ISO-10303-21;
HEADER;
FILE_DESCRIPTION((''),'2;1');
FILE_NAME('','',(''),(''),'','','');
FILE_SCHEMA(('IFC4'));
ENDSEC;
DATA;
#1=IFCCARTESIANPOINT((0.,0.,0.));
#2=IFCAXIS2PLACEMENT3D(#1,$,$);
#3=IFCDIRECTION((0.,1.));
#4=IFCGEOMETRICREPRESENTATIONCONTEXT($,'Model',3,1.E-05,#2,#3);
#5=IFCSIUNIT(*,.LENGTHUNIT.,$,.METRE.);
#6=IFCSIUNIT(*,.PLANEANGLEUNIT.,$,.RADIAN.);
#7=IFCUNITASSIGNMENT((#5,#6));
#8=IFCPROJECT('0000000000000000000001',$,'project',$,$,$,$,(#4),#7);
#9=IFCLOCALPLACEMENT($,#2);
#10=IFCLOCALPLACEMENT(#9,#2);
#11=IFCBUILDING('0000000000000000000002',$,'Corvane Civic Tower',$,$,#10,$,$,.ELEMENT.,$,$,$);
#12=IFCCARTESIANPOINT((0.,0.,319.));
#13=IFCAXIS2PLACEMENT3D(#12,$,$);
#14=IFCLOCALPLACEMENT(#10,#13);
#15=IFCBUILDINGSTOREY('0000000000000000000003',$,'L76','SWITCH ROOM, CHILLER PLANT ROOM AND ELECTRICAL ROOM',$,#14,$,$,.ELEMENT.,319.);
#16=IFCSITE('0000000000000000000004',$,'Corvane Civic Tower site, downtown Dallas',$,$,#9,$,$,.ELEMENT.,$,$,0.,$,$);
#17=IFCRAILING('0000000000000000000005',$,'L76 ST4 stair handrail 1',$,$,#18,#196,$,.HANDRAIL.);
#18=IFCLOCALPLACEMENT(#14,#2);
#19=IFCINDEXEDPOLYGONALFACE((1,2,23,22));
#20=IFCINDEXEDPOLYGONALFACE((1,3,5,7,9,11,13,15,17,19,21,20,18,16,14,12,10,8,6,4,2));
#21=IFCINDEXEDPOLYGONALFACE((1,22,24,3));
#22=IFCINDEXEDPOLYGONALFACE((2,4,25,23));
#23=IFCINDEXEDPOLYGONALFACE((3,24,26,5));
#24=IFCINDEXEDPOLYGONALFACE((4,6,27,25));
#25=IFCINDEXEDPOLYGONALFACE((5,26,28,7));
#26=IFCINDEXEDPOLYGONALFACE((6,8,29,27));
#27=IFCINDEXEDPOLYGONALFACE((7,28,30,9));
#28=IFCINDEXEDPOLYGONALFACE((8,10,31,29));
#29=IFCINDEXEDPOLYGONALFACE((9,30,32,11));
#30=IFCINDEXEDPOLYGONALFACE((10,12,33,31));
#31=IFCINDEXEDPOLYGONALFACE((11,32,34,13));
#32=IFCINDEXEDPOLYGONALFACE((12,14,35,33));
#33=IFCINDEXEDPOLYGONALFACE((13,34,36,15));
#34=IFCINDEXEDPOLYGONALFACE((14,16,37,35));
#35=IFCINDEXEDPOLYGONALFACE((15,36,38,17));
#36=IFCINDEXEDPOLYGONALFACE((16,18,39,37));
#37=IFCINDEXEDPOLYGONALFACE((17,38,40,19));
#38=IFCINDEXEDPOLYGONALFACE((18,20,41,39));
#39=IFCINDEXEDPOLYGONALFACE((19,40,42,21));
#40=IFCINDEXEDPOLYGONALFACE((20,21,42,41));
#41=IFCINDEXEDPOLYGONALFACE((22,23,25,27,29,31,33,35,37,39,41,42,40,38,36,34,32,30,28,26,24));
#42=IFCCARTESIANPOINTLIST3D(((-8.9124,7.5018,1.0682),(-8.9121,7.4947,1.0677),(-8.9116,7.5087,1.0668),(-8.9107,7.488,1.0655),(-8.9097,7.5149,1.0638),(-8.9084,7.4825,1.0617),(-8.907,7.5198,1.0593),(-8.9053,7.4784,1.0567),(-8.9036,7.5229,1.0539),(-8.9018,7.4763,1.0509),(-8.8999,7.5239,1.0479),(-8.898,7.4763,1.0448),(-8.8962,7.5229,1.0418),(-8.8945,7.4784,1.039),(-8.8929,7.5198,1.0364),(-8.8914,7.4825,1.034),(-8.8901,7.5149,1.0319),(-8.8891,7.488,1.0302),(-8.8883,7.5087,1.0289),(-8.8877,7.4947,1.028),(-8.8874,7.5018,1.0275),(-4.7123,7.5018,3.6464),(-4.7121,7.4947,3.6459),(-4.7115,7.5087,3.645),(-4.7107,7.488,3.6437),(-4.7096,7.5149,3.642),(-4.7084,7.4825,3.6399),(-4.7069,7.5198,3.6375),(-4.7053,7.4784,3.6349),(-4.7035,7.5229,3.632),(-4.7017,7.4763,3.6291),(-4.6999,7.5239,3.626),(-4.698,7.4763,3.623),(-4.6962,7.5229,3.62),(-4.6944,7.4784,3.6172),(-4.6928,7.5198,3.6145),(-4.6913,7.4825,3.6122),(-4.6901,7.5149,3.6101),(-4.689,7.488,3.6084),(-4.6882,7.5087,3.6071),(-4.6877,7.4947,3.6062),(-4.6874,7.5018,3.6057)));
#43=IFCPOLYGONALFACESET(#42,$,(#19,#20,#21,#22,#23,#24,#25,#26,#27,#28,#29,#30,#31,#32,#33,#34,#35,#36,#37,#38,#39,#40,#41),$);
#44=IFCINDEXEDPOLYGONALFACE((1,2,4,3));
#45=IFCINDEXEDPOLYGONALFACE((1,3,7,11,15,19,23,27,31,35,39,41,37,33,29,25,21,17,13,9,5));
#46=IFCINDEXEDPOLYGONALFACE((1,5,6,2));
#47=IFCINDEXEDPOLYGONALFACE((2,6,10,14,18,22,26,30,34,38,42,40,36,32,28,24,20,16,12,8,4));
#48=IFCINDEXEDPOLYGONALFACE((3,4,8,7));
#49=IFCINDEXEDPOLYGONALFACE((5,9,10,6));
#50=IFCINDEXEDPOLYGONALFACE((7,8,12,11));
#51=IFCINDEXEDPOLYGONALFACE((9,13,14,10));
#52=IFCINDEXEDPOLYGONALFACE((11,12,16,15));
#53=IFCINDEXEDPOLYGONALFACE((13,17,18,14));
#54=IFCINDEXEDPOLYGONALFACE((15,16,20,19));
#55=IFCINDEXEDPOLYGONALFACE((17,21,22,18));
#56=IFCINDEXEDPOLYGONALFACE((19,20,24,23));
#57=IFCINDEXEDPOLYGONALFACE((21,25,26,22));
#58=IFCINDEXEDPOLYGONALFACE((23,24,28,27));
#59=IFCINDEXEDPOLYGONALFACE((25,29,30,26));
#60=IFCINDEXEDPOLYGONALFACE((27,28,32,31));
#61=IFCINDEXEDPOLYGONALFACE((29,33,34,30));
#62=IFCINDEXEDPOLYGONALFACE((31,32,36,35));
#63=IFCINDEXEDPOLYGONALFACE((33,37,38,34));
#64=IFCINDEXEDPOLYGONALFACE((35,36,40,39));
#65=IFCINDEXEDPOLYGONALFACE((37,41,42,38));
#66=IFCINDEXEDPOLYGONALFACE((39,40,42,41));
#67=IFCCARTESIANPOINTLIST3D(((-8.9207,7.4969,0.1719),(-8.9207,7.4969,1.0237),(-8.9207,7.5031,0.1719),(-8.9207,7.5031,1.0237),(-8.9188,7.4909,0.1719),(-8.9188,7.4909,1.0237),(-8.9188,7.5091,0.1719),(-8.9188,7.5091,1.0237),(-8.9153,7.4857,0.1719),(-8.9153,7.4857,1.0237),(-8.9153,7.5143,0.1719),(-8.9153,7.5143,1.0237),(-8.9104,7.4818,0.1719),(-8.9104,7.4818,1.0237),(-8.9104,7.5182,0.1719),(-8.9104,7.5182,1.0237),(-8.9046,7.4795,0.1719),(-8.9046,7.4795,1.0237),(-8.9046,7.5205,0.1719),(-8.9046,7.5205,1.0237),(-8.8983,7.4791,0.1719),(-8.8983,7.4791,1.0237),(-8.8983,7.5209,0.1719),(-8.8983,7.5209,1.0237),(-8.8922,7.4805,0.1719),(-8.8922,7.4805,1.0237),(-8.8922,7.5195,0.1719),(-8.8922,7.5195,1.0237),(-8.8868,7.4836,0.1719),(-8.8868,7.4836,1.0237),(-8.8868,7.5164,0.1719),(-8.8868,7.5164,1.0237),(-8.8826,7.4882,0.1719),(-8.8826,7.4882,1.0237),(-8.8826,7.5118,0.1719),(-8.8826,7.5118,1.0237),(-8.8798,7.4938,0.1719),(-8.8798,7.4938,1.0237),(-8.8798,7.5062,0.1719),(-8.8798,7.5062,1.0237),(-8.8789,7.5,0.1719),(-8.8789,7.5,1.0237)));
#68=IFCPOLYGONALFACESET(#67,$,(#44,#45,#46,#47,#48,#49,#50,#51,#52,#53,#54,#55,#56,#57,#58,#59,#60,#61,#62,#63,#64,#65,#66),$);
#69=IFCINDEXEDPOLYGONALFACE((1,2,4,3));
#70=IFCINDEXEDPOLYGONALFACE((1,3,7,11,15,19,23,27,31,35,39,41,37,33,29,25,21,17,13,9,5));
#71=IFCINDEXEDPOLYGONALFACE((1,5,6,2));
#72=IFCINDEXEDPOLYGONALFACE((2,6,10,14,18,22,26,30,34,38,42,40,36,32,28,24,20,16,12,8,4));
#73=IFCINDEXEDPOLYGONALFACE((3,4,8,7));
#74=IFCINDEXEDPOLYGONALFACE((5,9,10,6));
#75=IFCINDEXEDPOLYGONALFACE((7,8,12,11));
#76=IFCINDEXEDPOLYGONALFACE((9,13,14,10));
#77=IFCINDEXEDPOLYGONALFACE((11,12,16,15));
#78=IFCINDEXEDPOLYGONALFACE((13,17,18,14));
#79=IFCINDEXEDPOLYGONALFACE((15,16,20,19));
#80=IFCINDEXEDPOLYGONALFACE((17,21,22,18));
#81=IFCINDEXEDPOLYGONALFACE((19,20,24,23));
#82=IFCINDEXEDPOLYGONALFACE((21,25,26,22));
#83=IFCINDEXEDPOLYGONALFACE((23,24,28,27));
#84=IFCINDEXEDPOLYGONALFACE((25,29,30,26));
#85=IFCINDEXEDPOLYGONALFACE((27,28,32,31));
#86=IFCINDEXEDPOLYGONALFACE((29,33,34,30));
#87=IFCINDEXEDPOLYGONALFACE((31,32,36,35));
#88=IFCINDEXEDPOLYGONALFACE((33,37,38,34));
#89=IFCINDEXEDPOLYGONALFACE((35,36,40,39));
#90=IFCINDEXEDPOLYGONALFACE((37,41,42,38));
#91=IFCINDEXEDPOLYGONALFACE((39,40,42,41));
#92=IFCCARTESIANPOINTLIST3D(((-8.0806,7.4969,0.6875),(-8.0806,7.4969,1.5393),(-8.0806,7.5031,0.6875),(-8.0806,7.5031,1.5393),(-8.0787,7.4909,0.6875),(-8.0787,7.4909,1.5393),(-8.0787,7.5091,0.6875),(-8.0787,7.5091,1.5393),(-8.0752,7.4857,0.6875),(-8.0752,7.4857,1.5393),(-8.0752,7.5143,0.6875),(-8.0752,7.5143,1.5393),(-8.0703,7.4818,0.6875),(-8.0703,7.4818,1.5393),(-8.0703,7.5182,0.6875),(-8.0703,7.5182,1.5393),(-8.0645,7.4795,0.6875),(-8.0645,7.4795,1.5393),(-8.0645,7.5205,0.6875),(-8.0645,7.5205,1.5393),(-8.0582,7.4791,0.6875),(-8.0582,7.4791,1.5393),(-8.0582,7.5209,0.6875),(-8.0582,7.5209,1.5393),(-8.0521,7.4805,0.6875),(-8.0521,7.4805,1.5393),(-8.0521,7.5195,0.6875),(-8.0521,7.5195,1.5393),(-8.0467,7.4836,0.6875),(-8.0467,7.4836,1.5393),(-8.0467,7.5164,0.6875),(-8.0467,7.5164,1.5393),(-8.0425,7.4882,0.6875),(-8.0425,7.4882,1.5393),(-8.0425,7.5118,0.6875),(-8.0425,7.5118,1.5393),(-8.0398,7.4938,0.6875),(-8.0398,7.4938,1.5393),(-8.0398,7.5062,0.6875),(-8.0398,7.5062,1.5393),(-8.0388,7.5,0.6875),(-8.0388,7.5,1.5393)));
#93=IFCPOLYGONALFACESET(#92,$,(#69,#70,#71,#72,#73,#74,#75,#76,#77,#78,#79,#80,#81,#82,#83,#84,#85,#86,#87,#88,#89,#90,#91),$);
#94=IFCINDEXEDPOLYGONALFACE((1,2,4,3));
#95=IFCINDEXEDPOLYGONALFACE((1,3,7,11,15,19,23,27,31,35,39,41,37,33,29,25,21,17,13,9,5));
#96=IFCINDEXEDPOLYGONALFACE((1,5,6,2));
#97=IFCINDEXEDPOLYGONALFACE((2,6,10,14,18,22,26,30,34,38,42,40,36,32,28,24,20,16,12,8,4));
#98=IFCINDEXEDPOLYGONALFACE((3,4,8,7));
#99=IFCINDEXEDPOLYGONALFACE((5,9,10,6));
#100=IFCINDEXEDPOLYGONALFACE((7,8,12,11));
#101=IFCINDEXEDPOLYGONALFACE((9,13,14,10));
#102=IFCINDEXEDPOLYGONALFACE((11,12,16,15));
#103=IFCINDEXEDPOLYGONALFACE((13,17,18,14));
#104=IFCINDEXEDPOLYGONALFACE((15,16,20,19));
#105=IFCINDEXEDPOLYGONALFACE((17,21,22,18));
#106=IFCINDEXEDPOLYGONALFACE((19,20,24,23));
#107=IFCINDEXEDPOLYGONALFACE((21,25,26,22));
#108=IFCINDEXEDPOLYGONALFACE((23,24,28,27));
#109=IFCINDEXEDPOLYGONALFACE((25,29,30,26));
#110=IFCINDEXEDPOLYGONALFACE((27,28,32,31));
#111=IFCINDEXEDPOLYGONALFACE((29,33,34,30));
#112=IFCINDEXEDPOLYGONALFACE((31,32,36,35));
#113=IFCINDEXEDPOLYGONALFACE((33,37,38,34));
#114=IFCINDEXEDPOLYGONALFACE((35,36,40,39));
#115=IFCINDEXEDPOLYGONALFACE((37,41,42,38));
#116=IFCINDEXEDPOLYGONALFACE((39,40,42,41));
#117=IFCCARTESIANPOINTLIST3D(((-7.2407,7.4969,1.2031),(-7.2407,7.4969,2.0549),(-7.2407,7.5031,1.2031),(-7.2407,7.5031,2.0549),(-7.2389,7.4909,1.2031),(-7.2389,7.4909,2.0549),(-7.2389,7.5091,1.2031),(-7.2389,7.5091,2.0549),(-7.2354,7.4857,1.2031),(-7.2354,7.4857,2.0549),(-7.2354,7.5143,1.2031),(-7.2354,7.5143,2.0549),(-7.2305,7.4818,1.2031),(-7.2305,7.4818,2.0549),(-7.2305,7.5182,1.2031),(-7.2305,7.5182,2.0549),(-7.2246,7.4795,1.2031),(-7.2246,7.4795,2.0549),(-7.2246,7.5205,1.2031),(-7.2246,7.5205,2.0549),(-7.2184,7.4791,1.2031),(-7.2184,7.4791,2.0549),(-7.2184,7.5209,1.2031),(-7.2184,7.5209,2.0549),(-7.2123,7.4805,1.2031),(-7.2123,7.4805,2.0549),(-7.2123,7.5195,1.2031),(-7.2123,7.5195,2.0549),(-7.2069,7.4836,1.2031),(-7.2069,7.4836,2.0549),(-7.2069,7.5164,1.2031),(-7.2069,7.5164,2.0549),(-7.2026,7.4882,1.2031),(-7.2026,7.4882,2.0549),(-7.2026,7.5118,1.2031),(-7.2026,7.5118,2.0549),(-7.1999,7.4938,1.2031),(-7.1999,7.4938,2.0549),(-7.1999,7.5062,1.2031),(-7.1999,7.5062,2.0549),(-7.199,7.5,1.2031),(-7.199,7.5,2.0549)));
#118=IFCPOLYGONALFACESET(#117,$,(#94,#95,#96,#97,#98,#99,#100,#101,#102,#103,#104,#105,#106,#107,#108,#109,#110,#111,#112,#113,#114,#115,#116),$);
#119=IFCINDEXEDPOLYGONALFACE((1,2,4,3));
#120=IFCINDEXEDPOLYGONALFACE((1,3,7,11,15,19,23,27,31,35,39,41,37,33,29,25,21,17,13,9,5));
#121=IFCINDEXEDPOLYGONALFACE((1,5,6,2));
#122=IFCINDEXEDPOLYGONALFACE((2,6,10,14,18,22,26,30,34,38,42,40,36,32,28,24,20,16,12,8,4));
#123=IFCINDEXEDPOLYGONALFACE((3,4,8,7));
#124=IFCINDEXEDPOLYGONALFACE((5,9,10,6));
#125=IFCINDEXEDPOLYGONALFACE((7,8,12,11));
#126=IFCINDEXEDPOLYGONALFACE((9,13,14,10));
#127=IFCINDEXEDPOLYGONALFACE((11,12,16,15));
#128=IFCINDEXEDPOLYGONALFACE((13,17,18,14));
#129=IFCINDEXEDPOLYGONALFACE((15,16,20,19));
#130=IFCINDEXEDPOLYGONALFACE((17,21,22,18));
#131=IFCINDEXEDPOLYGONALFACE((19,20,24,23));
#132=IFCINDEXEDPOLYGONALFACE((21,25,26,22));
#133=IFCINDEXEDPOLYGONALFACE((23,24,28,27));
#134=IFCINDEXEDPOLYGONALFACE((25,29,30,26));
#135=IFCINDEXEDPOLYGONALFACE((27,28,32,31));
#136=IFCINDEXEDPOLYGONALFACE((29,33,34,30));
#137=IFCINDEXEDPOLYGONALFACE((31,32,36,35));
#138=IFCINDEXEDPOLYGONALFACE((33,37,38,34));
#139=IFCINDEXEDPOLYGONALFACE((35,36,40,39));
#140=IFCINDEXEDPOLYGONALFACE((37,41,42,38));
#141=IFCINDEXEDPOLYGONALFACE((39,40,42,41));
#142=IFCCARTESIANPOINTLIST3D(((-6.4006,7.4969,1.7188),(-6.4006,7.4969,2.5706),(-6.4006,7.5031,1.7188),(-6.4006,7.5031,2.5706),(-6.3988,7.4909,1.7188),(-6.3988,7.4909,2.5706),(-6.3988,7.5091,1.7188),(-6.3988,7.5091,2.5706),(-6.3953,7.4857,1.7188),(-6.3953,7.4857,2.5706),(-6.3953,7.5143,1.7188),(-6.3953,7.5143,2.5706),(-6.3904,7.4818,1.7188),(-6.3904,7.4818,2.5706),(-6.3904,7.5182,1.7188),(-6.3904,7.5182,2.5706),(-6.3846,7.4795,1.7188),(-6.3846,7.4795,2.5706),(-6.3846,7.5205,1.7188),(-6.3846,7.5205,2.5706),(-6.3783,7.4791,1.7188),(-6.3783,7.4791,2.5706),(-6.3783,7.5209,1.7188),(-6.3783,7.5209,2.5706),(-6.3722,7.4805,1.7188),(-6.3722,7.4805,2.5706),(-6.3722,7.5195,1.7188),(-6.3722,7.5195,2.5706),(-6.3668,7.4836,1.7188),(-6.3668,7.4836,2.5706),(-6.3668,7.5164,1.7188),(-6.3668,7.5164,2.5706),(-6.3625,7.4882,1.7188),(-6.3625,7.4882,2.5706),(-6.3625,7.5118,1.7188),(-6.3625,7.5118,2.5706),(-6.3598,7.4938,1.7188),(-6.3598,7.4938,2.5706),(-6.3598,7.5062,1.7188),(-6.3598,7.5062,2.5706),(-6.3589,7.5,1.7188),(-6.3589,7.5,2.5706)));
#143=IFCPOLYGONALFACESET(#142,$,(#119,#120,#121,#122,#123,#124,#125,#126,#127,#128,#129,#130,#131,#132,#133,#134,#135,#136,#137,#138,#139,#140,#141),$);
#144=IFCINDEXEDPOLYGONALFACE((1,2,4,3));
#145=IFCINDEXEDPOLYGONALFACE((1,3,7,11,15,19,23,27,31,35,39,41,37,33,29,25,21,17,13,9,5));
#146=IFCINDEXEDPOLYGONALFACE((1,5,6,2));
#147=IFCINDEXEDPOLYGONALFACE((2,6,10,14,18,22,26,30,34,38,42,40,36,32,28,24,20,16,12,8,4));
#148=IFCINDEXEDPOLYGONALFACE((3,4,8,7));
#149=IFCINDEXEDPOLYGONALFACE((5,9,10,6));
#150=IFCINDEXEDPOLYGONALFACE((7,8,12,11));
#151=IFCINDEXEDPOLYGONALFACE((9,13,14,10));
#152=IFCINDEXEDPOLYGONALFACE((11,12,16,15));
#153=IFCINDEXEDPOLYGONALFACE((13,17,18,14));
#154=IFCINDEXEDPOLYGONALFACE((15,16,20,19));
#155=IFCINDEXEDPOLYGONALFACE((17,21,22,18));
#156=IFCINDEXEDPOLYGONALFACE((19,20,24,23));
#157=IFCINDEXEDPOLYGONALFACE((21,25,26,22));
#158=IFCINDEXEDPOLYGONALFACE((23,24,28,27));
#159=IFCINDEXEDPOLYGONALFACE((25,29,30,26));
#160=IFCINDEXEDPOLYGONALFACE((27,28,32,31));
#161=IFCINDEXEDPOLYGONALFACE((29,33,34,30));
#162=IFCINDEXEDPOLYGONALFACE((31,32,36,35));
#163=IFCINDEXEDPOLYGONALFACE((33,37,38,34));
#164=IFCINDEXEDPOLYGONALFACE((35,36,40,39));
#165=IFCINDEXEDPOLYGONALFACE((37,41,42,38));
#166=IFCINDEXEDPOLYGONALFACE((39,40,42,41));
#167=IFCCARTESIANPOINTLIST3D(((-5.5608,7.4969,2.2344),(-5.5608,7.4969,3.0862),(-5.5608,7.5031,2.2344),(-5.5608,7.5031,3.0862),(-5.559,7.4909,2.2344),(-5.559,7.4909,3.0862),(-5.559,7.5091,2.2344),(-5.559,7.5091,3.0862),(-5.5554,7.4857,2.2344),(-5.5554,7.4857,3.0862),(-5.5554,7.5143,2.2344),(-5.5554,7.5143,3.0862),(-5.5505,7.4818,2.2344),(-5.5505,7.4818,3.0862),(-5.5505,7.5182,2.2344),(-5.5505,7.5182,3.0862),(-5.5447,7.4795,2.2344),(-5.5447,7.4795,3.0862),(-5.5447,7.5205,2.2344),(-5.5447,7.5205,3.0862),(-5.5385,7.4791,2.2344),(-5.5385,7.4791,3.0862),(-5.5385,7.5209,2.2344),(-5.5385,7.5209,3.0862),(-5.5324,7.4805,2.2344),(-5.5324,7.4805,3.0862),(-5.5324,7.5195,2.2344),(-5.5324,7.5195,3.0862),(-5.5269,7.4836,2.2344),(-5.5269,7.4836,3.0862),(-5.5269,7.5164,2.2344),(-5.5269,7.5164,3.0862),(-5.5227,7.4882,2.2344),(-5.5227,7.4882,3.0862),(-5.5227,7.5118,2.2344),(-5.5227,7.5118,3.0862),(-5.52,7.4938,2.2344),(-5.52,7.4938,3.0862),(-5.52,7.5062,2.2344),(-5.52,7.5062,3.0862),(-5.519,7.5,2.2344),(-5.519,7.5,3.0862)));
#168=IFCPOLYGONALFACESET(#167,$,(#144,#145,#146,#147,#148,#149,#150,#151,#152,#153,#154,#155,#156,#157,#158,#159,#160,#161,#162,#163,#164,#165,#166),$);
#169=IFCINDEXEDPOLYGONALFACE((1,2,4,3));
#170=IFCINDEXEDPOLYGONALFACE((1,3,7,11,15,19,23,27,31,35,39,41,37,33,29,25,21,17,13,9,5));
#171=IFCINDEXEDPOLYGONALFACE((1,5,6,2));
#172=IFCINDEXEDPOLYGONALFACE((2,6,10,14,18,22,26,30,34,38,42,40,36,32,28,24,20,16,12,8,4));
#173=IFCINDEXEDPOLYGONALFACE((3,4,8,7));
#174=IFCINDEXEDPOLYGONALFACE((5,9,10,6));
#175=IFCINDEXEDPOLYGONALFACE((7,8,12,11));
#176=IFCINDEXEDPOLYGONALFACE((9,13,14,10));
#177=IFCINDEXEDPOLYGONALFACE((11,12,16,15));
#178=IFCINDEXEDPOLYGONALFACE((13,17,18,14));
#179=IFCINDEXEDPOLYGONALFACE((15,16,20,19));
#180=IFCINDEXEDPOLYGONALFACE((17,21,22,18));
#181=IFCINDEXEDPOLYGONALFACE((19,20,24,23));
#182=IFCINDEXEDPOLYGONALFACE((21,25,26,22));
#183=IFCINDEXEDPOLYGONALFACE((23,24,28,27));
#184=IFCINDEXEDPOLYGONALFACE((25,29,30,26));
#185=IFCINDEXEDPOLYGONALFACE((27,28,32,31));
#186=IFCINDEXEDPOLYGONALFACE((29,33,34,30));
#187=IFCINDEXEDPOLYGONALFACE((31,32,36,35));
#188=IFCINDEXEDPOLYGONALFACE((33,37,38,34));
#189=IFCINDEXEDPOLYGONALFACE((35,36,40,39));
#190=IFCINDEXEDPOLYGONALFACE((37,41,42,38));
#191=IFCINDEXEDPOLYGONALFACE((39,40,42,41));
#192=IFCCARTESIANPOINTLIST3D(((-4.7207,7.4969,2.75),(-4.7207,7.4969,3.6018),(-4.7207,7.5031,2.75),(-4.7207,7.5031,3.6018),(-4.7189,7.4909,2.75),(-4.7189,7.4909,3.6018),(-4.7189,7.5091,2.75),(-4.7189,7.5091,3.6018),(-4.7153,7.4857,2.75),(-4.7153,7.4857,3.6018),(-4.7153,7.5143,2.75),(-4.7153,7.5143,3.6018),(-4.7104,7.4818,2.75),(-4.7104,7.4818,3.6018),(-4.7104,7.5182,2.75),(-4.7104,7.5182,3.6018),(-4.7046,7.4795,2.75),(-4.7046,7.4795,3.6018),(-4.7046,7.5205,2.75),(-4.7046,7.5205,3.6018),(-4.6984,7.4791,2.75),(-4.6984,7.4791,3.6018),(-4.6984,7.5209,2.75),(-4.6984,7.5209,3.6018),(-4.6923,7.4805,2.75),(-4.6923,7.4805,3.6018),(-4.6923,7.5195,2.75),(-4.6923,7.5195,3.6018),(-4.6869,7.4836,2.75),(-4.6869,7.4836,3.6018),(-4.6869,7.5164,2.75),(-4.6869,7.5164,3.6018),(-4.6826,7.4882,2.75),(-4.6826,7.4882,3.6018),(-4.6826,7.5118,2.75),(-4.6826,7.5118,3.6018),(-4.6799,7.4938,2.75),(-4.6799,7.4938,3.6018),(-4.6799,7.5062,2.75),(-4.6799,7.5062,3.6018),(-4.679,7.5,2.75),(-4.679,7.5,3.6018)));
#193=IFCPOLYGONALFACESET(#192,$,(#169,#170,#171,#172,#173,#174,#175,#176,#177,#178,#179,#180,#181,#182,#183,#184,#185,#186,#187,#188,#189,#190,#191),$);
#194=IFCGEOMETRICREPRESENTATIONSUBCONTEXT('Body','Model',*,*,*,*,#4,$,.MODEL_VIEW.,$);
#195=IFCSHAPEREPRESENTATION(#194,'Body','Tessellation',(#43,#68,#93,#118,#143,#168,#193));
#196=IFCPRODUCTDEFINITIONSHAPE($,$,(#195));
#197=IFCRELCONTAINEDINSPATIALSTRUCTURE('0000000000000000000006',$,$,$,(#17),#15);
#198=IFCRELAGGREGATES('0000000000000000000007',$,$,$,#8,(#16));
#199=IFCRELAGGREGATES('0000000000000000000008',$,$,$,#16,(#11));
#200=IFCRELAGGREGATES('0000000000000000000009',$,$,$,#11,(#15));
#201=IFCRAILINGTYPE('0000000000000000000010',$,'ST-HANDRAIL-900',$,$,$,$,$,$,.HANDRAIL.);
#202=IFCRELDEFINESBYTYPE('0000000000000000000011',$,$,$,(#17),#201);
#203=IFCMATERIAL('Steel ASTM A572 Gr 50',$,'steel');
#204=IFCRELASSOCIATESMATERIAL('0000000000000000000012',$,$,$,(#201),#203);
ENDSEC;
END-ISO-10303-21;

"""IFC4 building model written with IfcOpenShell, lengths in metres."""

from ifc_helpers import new_model, si_unit, direction, frame, origin, origin_2d, place, context, subcontext, project, spatial, circle, extrude, material, type_object, element, save


model = new_model("IFC4")

# Units and contexts
model_context = context("Model", 3, precision=1e-05, world=origin(), true_north=direction((0.0, 1.0)))
body_context = subcontext(model_context, "Body", "Model", "MODEL_VIEW")
ifc_project = project(units=[si_unit("LENGTHUNIT", "METRE"), si_unit("PLANEANGLEUNIT", "RADIAN")], contexts=[model_context])

# Site, building, storey
site_placement = place(None, origin())
site = spatial("IfcSite", under=ifc_project, at=site_placement, Name="Corvane Civic Tower site, downtown Dallas", CompositionType="ELEMENT", RefElevation=0.0)
building_placement = place(site_placement, origin())
building = spatial("IfcBuilding", under=site, at=building_placement, Name="Corvane Civic Tower", CompositionType="ELEMENT")
storey_placement = place(building_placement, frame((0.0, 0.0, 319.0)))
storey = spatial("IfcBuildingStorey", under=building, at=storey_placement, Name="L76", Description="SWITCH ROOM, CHILLER PLANT ROOM AND ELECTRICAL ROOM", CompositionType="ELEMENT", Elevation=319.0)

# Railing
ifc_material_1 = material(Name="Steel ASTM A572 Gr 50", Category="steel")
railing_type = type_object("IfcRailingType", Name="ST-HANDRAIL-900", PredefinedType="HANDRAIL", material=ifc_material_1)
railing_placement = place(storey_placement, frame((-8.8999, 7.5, 0.1719)))
element("IfcRailing", 1, at=railing_placement, inside=storey, type_object=railing_type, Name="L76 ST4 stair handrail 1", PredefinedType="HANDRAIL", context=body_context, shape_type="SweptSolid", body=[
    extrude(circle(Radius=0.0239, at=origin_2d()), frame((0.0, 0.0, 0.876), z_axis=(0.852243, 0.0, 0.523146), x_axis=(0.0, 1.0, 0.0)), (0.0, 0.0, 1.0), 4.9282),
    extrude(circle(Radius=0.021, at=origin_2d()), origin(), (0.0, 0.0, 1.0), 0.8518),
    extrude(circle(Radius=0.021, at=origin_2d()), frame((0.8401, 0.0, 0.5156)), (0.0, 0.0, 1.0), 0.8518),
    extrude(circle(Radius=0.021, at=origin_2d()), frame((1.6799, 0.0, 1.0312)), (0.0, 0.0, 1.0), 0.8518),
    extrude(circle(Radius=0.021, at=origin_2d()), frame((2.52, 0.0, 1.5469)), (0.0, 0.0, 1.0), 0.8518),
    extrude(circle(Radius=0.021, at=origin_2d()), frame((3.3599, 0.0, 2.0625)), (0.0, 0.0, 1.0), 0.8518),
    extrude(circle(Radius=0.021, at=origin_2d()), frame((4.2, 0.0, 2.5781)), (0.0, 0.0, 1.0), 0.8518),
])

save(model, "model.ifc")
